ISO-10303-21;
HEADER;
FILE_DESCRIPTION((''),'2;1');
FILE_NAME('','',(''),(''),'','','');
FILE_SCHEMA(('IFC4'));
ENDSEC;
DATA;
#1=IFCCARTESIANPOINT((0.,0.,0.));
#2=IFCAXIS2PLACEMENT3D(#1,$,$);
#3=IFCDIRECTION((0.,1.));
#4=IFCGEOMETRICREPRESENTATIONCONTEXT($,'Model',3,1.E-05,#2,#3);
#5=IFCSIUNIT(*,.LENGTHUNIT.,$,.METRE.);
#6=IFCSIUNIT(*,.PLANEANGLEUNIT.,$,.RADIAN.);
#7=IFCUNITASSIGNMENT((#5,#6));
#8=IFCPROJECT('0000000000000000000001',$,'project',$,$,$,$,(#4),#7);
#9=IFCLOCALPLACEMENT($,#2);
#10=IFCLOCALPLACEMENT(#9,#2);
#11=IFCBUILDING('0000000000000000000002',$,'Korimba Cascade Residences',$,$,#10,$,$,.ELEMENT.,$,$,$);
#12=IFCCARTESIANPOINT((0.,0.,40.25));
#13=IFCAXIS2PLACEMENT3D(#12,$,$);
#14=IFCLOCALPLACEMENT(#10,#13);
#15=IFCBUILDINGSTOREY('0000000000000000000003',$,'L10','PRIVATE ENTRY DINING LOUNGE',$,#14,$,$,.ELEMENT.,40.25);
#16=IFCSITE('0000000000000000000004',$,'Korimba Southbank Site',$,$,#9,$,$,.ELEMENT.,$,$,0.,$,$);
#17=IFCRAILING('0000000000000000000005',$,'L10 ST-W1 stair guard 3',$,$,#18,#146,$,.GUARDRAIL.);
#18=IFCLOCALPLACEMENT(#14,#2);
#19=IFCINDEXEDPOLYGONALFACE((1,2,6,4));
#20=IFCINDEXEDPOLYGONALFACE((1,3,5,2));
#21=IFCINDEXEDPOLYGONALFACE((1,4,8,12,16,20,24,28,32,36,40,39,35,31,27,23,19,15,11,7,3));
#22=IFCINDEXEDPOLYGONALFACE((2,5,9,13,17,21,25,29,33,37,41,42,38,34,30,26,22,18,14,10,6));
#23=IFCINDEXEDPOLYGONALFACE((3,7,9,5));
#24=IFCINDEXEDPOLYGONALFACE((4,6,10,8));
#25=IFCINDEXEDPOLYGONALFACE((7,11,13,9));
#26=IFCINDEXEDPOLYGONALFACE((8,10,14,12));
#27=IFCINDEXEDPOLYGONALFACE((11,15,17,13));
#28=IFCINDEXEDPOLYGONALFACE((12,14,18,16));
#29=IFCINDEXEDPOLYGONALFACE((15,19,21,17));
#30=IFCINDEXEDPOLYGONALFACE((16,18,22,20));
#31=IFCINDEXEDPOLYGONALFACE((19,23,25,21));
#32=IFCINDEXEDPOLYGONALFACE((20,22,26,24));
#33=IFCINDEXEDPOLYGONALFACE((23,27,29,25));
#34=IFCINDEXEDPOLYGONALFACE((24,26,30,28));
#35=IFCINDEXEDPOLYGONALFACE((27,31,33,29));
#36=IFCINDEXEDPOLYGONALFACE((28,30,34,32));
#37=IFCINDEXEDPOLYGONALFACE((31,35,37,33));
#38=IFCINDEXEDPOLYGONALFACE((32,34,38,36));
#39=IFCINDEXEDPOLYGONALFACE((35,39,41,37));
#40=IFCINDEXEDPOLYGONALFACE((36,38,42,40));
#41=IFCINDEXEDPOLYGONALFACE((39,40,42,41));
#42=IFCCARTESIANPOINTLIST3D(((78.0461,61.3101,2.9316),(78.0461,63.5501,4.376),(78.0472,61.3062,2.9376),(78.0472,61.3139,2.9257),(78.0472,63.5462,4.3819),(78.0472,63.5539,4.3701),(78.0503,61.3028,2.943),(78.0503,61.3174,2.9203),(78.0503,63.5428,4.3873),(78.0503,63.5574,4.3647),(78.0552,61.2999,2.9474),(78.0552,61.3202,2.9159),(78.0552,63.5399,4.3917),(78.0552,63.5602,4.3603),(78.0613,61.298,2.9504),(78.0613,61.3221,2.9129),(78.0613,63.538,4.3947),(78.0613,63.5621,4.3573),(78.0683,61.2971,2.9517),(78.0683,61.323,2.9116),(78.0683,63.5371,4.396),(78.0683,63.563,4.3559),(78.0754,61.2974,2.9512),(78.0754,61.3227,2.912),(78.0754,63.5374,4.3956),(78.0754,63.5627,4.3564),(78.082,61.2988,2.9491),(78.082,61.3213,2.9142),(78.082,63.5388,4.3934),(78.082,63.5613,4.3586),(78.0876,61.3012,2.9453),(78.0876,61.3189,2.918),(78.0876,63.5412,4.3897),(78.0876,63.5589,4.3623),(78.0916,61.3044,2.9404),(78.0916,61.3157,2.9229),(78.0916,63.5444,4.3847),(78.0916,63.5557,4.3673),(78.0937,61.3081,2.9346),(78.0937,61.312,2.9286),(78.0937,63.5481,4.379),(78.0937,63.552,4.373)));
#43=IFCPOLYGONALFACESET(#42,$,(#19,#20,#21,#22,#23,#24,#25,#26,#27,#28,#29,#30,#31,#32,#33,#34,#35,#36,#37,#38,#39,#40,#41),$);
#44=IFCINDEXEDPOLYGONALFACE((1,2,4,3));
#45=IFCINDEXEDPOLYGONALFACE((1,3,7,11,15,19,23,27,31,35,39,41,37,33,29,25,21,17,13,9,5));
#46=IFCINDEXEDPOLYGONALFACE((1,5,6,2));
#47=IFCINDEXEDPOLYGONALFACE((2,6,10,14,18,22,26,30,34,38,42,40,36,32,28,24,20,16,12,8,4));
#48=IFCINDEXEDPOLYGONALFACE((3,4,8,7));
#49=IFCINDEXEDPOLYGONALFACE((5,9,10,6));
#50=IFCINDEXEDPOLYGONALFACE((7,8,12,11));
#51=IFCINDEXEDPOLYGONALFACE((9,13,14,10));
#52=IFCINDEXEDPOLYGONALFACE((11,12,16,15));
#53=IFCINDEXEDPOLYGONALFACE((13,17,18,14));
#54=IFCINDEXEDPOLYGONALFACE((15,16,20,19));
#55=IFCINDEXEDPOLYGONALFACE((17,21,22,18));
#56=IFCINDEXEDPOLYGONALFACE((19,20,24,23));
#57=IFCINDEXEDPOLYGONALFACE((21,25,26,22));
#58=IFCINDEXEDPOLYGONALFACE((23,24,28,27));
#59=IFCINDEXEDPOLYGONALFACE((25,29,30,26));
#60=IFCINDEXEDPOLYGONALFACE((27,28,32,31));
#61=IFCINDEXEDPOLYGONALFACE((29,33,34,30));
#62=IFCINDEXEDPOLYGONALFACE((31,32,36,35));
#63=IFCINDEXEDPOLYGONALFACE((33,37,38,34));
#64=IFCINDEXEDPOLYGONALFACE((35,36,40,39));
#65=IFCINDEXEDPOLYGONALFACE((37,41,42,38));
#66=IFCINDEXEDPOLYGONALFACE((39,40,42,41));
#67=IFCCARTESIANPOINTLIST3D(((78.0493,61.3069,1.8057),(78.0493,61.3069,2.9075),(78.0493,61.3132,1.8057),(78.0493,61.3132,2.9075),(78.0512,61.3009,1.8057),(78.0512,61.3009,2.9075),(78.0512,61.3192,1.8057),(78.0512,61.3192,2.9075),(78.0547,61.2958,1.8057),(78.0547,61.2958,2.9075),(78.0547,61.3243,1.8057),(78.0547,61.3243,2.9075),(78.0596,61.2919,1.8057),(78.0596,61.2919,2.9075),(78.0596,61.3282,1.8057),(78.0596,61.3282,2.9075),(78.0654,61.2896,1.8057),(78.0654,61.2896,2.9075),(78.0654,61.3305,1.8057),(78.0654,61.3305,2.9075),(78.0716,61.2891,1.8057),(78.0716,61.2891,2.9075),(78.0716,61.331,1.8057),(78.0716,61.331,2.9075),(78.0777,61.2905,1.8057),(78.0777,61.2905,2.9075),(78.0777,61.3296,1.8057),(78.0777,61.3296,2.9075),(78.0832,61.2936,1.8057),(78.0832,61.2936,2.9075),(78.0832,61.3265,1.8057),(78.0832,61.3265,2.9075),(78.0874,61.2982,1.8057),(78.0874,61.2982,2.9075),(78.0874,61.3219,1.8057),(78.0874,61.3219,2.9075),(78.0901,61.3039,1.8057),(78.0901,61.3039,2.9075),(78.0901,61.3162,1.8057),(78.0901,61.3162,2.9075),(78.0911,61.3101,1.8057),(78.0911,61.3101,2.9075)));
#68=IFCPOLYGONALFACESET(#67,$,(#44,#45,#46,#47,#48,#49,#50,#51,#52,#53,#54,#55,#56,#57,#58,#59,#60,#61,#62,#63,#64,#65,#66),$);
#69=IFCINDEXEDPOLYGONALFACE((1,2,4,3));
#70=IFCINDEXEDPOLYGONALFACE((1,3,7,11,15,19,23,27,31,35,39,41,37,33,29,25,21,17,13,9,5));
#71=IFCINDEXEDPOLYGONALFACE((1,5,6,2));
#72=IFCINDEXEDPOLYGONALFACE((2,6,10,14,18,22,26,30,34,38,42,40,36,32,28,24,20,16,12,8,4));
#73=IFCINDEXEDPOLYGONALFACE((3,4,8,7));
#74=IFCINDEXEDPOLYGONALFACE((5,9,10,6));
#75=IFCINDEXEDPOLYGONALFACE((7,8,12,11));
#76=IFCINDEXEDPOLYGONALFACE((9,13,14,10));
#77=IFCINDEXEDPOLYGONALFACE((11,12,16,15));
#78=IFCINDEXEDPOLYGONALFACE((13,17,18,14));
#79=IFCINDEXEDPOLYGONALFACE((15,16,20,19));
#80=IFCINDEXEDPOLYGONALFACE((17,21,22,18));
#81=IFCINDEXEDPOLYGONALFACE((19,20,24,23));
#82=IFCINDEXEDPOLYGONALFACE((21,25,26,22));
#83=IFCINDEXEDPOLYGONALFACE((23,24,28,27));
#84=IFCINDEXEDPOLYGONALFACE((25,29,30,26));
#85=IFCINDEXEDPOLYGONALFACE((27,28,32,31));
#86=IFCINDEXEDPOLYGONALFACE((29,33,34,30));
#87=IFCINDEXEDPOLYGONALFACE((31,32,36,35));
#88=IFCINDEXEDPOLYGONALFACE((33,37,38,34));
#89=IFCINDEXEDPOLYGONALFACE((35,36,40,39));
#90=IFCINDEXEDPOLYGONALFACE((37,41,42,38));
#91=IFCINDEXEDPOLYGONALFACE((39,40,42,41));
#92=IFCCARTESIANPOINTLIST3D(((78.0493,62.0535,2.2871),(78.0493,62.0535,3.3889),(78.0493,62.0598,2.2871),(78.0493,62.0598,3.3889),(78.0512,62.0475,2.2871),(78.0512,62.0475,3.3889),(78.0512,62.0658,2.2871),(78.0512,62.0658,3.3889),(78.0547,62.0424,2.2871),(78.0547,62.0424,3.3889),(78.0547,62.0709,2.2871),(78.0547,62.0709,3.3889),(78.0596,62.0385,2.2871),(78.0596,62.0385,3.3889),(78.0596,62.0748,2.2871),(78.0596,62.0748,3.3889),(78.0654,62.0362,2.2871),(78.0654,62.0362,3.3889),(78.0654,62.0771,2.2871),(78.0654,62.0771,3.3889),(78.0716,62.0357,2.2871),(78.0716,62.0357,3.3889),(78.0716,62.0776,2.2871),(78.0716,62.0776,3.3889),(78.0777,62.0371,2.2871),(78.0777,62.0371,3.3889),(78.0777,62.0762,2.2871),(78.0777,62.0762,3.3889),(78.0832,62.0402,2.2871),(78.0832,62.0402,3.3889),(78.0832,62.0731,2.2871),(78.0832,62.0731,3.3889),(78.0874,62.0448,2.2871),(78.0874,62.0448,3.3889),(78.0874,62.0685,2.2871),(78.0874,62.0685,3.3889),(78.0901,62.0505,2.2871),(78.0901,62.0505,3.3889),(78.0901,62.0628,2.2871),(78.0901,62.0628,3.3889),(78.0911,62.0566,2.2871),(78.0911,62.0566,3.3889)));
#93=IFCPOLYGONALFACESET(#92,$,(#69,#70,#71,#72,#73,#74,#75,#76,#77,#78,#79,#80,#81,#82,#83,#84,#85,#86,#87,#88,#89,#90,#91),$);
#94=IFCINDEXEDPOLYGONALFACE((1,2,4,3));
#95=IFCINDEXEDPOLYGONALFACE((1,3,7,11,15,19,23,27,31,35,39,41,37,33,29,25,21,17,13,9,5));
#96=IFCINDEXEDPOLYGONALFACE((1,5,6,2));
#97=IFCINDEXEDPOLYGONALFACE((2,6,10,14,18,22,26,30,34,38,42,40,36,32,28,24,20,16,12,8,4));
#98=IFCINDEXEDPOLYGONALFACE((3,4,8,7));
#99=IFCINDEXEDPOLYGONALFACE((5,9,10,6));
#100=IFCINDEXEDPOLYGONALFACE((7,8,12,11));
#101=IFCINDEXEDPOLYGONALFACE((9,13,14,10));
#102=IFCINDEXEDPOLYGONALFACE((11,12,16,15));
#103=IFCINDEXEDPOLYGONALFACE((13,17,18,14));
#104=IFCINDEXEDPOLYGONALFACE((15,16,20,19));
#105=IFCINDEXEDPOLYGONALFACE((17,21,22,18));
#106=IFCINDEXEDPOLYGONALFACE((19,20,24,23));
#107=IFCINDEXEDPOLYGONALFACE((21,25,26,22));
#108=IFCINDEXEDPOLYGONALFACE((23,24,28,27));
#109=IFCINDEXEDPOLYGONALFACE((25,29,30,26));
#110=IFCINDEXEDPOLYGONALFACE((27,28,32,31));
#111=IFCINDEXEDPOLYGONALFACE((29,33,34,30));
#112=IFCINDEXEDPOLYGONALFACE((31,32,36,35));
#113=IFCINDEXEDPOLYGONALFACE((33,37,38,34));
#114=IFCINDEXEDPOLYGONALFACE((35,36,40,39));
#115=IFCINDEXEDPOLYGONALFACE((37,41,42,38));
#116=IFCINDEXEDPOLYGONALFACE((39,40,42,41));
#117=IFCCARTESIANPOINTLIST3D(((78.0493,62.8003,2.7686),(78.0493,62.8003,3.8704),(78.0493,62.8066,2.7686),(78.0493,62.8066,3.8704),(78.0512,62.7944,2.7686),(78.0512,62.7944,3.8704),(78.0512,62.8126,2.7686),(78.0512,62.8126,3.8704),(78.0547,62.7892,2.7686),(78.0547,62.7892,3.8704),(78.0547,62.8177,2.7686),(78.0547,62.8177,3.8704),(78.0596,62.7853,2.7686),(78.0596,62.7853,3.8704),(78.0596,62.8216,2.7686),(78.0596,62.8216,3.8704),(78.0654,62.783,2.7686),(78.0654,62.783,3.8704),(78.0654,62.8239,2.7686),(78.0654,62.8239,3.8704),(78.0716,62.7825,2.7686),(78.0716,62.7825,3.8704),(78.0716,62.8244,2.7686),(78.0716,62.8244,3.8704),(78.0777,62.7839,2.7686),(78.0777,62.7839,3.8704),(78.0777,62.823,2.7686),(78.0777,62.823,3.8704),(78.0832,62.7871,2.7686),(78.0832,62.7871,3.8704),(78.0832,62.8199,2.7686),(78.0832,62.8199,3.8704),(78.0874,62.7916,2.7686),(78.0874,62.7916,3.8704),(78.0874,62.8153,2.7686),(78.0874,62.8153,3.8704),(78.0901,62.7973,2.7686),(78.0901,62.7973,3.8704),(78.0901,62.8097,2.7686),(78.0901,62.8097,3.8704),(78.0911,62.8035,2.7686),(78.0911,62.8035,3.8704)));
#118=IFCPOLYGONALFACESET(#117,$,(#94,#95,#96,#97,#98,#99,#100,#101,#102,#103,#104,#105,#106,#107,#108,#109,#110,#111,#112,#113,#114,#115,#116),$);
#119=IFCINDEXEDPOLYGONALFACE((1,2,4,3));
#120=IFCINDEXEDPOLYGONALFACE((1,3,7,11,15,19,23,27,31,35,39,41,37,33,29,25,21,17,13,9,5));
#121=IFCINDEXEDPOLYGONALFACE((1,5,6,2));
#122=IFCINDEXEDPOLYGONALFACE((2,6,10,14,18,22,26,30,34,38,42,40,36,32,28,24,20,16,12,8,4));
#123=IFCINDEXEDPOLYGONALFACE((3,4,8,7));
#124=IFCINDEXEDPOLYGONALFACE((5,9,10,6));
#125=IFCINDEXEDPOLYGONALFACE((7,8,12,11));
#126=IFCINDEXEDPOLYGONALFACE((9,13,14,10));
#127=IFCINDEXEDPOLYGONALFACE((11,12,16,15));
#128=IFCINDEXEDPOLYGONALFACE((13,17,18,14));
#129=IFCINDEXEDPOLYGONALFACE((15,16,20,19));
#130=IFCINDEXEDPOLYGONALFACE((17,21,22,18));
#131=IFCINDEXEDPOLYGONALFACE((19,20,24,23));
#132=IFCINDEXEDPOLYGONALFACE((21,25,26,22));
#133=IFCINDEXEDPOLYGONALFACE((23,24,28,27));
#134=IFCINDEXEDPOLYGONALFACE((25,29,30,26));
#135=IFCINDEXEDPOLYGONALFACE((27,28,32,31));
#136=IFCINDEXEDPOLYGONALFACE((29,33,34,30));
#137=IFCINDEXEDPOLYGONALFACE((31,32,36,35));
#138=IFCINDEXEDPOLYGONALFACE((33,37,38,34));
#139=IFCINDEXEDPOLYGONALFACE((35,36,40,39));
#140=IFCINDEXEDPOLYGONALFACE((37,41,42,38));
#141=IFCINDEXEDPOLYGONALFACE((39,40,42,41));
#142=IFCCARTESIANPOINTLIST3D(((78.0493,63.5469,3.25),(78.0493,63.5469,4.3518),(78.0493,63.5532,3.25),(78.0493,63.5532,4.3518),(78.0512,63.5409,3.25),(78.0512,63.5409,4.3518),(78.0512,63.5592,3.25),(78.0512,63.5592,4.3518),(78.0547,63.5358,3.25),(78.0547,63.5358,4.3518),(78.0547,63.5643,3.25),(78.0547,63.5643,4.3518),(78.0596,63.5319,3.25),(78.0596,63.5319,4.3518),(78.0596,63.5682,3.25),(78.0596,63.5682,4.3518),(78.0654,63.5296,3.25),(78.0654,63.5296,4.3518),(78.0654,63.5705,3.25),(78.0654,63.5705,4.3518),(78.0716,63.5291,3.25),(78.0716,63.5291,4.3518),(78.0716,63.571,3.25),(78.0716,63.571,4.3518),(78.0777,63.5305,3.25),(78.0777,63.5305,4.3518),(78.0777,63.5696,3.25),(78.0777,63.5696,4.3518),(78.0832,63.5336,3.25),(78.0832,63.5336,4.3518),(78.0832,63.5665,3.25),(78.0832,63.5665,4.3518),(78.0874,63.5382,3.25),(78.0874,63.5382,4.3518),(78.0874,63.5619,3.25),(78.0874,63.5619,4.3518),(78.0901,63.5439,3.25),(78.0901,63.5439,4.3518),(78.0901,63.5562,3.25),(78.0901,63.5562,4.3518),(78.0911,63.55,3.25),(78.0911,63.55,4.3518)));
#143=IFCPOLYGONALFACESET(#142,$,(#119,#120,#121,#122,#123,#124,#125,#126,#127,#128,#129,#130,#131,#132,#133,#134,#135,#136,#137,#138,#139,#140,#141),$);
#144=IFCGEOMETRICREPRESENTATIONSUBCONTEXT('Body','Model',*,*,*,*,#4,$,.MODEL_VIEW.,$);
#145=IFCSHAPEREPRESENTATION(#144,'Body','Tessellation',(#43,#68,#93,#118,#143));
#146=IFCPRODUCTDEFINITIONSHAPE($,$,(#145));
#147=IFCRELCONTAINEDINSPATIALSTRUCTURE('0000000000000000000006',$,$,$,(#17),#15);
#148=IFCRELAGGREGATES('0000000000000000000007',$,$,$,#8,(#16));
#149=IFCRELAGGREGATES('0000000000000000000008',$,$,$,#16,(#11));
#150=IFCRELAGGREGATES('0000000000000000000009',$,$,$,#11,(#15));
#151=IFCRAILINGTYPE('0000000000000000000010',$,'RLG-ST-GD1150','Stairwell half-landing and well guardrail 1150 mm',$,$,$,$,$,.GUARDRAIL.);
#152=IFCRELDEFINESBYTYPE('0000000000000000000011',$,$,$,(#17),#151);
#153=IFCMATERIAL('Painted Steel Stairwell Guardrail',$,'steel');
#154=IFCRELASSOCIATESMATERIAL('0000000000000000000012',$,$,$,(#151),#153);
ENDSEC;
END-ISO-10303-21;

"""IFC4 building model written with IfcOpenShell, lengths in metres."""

from ifc_helpers import new_model, si_unit, direction, frame, origin, origin_2d, place, context, subcontext, project, spatial, circle, extrude, material, type_object, element, save


model = new_model("IFC4")

# Units and contexts
model_context = context("Model", 3, precision=1e-05, world=origin(), true_north=direction((0.0, 1.0)))
body_context = subcontext(model_context, "Body", "Model", "MODEL_VIEW")
ifc_project = project(units=[si_unit("LENGTHUNIT", "METRE"), si_unit("PLANEANGLEUNIT", "RADIAN")], contexts=[model_context])

# Site, building, storey
site_placement = place(None, origin())
site = spatial("IfcSite", under=ifc_project, at=site_placement, Name="Korimba Southbank Site", CompositionType="ELEMENT", RefElevation=0.0)
building_placement = place(site_placement, origin())
building = spatial("IfcBuilding", under=site, at=building_placement, Name="Korimba Cascade Residences", CompositionType="ELEMENT")
storey_placement = place(building_placement, frame((0.0, 0.0, 40.25)))
storey = spatial("IfcBuildingStorey", under=building, at=storey_placement, Name="L10", Description="PRIVATE ENTRY DINING LOUNGE", CompositionType="ELEMENT", Elevation=40.25)

# Railing
ifc_material_1 = material(Name="Painted Steel Stairwell Guardrail", Category="steel")
railing_type_1 = type_object("IfcRailingType", Name="RLG-ST-GD1150", Description="Stairwell half-landing and well guardrail 1150 mm", PredefinedType="GUARDRAIL", material=ifc_material_1)
railing_1_placement = place(storey_placement, frame((78.0701, 61.3101, 1.8057)))
element("IfcRailing", 1, at=railing_1_placement, inside=storey, type_object=railing_type_1, Name="L10 ST-W1 stair guard 3", PredefinedType="GUARDRAIL", context=body_context, shape_type="SweptSolid", body=[
    extrude(circle(Radius=0.0239, at=origin_2d()), frame((0.0, 0.0, 1.126), z_axis=(0.0, 0.840437, 0.54191), x_axis=(-1.0, 0.0, 0.0)), (0.0, 0.0, 1.0), 2.6653),
    extrude(circle(Radius=0.021, at=origin_2d()), origin(), (0.0, 0.0, 1.0), 1.1018),
    extrude(circle(Radius=0.021, at=origin_2d()), frame((0.0, 0.7466, 0.4814)), (0.0, 0.0, 1.0), 1.1018),
    extrude(circle(Radius=0.021, at=origin_2d()), frame((0.0, 1.4934, 0.9629)), (0.0, 0.0, 1.0), 1.1018),
    extrude(circle(Radius=0.021, at=origin_2d()), frame((0.0, 2.24, 1.4443)), (0.0, 0.0, 1.0), 1.1018),
])

save(model, "model.ifc")
